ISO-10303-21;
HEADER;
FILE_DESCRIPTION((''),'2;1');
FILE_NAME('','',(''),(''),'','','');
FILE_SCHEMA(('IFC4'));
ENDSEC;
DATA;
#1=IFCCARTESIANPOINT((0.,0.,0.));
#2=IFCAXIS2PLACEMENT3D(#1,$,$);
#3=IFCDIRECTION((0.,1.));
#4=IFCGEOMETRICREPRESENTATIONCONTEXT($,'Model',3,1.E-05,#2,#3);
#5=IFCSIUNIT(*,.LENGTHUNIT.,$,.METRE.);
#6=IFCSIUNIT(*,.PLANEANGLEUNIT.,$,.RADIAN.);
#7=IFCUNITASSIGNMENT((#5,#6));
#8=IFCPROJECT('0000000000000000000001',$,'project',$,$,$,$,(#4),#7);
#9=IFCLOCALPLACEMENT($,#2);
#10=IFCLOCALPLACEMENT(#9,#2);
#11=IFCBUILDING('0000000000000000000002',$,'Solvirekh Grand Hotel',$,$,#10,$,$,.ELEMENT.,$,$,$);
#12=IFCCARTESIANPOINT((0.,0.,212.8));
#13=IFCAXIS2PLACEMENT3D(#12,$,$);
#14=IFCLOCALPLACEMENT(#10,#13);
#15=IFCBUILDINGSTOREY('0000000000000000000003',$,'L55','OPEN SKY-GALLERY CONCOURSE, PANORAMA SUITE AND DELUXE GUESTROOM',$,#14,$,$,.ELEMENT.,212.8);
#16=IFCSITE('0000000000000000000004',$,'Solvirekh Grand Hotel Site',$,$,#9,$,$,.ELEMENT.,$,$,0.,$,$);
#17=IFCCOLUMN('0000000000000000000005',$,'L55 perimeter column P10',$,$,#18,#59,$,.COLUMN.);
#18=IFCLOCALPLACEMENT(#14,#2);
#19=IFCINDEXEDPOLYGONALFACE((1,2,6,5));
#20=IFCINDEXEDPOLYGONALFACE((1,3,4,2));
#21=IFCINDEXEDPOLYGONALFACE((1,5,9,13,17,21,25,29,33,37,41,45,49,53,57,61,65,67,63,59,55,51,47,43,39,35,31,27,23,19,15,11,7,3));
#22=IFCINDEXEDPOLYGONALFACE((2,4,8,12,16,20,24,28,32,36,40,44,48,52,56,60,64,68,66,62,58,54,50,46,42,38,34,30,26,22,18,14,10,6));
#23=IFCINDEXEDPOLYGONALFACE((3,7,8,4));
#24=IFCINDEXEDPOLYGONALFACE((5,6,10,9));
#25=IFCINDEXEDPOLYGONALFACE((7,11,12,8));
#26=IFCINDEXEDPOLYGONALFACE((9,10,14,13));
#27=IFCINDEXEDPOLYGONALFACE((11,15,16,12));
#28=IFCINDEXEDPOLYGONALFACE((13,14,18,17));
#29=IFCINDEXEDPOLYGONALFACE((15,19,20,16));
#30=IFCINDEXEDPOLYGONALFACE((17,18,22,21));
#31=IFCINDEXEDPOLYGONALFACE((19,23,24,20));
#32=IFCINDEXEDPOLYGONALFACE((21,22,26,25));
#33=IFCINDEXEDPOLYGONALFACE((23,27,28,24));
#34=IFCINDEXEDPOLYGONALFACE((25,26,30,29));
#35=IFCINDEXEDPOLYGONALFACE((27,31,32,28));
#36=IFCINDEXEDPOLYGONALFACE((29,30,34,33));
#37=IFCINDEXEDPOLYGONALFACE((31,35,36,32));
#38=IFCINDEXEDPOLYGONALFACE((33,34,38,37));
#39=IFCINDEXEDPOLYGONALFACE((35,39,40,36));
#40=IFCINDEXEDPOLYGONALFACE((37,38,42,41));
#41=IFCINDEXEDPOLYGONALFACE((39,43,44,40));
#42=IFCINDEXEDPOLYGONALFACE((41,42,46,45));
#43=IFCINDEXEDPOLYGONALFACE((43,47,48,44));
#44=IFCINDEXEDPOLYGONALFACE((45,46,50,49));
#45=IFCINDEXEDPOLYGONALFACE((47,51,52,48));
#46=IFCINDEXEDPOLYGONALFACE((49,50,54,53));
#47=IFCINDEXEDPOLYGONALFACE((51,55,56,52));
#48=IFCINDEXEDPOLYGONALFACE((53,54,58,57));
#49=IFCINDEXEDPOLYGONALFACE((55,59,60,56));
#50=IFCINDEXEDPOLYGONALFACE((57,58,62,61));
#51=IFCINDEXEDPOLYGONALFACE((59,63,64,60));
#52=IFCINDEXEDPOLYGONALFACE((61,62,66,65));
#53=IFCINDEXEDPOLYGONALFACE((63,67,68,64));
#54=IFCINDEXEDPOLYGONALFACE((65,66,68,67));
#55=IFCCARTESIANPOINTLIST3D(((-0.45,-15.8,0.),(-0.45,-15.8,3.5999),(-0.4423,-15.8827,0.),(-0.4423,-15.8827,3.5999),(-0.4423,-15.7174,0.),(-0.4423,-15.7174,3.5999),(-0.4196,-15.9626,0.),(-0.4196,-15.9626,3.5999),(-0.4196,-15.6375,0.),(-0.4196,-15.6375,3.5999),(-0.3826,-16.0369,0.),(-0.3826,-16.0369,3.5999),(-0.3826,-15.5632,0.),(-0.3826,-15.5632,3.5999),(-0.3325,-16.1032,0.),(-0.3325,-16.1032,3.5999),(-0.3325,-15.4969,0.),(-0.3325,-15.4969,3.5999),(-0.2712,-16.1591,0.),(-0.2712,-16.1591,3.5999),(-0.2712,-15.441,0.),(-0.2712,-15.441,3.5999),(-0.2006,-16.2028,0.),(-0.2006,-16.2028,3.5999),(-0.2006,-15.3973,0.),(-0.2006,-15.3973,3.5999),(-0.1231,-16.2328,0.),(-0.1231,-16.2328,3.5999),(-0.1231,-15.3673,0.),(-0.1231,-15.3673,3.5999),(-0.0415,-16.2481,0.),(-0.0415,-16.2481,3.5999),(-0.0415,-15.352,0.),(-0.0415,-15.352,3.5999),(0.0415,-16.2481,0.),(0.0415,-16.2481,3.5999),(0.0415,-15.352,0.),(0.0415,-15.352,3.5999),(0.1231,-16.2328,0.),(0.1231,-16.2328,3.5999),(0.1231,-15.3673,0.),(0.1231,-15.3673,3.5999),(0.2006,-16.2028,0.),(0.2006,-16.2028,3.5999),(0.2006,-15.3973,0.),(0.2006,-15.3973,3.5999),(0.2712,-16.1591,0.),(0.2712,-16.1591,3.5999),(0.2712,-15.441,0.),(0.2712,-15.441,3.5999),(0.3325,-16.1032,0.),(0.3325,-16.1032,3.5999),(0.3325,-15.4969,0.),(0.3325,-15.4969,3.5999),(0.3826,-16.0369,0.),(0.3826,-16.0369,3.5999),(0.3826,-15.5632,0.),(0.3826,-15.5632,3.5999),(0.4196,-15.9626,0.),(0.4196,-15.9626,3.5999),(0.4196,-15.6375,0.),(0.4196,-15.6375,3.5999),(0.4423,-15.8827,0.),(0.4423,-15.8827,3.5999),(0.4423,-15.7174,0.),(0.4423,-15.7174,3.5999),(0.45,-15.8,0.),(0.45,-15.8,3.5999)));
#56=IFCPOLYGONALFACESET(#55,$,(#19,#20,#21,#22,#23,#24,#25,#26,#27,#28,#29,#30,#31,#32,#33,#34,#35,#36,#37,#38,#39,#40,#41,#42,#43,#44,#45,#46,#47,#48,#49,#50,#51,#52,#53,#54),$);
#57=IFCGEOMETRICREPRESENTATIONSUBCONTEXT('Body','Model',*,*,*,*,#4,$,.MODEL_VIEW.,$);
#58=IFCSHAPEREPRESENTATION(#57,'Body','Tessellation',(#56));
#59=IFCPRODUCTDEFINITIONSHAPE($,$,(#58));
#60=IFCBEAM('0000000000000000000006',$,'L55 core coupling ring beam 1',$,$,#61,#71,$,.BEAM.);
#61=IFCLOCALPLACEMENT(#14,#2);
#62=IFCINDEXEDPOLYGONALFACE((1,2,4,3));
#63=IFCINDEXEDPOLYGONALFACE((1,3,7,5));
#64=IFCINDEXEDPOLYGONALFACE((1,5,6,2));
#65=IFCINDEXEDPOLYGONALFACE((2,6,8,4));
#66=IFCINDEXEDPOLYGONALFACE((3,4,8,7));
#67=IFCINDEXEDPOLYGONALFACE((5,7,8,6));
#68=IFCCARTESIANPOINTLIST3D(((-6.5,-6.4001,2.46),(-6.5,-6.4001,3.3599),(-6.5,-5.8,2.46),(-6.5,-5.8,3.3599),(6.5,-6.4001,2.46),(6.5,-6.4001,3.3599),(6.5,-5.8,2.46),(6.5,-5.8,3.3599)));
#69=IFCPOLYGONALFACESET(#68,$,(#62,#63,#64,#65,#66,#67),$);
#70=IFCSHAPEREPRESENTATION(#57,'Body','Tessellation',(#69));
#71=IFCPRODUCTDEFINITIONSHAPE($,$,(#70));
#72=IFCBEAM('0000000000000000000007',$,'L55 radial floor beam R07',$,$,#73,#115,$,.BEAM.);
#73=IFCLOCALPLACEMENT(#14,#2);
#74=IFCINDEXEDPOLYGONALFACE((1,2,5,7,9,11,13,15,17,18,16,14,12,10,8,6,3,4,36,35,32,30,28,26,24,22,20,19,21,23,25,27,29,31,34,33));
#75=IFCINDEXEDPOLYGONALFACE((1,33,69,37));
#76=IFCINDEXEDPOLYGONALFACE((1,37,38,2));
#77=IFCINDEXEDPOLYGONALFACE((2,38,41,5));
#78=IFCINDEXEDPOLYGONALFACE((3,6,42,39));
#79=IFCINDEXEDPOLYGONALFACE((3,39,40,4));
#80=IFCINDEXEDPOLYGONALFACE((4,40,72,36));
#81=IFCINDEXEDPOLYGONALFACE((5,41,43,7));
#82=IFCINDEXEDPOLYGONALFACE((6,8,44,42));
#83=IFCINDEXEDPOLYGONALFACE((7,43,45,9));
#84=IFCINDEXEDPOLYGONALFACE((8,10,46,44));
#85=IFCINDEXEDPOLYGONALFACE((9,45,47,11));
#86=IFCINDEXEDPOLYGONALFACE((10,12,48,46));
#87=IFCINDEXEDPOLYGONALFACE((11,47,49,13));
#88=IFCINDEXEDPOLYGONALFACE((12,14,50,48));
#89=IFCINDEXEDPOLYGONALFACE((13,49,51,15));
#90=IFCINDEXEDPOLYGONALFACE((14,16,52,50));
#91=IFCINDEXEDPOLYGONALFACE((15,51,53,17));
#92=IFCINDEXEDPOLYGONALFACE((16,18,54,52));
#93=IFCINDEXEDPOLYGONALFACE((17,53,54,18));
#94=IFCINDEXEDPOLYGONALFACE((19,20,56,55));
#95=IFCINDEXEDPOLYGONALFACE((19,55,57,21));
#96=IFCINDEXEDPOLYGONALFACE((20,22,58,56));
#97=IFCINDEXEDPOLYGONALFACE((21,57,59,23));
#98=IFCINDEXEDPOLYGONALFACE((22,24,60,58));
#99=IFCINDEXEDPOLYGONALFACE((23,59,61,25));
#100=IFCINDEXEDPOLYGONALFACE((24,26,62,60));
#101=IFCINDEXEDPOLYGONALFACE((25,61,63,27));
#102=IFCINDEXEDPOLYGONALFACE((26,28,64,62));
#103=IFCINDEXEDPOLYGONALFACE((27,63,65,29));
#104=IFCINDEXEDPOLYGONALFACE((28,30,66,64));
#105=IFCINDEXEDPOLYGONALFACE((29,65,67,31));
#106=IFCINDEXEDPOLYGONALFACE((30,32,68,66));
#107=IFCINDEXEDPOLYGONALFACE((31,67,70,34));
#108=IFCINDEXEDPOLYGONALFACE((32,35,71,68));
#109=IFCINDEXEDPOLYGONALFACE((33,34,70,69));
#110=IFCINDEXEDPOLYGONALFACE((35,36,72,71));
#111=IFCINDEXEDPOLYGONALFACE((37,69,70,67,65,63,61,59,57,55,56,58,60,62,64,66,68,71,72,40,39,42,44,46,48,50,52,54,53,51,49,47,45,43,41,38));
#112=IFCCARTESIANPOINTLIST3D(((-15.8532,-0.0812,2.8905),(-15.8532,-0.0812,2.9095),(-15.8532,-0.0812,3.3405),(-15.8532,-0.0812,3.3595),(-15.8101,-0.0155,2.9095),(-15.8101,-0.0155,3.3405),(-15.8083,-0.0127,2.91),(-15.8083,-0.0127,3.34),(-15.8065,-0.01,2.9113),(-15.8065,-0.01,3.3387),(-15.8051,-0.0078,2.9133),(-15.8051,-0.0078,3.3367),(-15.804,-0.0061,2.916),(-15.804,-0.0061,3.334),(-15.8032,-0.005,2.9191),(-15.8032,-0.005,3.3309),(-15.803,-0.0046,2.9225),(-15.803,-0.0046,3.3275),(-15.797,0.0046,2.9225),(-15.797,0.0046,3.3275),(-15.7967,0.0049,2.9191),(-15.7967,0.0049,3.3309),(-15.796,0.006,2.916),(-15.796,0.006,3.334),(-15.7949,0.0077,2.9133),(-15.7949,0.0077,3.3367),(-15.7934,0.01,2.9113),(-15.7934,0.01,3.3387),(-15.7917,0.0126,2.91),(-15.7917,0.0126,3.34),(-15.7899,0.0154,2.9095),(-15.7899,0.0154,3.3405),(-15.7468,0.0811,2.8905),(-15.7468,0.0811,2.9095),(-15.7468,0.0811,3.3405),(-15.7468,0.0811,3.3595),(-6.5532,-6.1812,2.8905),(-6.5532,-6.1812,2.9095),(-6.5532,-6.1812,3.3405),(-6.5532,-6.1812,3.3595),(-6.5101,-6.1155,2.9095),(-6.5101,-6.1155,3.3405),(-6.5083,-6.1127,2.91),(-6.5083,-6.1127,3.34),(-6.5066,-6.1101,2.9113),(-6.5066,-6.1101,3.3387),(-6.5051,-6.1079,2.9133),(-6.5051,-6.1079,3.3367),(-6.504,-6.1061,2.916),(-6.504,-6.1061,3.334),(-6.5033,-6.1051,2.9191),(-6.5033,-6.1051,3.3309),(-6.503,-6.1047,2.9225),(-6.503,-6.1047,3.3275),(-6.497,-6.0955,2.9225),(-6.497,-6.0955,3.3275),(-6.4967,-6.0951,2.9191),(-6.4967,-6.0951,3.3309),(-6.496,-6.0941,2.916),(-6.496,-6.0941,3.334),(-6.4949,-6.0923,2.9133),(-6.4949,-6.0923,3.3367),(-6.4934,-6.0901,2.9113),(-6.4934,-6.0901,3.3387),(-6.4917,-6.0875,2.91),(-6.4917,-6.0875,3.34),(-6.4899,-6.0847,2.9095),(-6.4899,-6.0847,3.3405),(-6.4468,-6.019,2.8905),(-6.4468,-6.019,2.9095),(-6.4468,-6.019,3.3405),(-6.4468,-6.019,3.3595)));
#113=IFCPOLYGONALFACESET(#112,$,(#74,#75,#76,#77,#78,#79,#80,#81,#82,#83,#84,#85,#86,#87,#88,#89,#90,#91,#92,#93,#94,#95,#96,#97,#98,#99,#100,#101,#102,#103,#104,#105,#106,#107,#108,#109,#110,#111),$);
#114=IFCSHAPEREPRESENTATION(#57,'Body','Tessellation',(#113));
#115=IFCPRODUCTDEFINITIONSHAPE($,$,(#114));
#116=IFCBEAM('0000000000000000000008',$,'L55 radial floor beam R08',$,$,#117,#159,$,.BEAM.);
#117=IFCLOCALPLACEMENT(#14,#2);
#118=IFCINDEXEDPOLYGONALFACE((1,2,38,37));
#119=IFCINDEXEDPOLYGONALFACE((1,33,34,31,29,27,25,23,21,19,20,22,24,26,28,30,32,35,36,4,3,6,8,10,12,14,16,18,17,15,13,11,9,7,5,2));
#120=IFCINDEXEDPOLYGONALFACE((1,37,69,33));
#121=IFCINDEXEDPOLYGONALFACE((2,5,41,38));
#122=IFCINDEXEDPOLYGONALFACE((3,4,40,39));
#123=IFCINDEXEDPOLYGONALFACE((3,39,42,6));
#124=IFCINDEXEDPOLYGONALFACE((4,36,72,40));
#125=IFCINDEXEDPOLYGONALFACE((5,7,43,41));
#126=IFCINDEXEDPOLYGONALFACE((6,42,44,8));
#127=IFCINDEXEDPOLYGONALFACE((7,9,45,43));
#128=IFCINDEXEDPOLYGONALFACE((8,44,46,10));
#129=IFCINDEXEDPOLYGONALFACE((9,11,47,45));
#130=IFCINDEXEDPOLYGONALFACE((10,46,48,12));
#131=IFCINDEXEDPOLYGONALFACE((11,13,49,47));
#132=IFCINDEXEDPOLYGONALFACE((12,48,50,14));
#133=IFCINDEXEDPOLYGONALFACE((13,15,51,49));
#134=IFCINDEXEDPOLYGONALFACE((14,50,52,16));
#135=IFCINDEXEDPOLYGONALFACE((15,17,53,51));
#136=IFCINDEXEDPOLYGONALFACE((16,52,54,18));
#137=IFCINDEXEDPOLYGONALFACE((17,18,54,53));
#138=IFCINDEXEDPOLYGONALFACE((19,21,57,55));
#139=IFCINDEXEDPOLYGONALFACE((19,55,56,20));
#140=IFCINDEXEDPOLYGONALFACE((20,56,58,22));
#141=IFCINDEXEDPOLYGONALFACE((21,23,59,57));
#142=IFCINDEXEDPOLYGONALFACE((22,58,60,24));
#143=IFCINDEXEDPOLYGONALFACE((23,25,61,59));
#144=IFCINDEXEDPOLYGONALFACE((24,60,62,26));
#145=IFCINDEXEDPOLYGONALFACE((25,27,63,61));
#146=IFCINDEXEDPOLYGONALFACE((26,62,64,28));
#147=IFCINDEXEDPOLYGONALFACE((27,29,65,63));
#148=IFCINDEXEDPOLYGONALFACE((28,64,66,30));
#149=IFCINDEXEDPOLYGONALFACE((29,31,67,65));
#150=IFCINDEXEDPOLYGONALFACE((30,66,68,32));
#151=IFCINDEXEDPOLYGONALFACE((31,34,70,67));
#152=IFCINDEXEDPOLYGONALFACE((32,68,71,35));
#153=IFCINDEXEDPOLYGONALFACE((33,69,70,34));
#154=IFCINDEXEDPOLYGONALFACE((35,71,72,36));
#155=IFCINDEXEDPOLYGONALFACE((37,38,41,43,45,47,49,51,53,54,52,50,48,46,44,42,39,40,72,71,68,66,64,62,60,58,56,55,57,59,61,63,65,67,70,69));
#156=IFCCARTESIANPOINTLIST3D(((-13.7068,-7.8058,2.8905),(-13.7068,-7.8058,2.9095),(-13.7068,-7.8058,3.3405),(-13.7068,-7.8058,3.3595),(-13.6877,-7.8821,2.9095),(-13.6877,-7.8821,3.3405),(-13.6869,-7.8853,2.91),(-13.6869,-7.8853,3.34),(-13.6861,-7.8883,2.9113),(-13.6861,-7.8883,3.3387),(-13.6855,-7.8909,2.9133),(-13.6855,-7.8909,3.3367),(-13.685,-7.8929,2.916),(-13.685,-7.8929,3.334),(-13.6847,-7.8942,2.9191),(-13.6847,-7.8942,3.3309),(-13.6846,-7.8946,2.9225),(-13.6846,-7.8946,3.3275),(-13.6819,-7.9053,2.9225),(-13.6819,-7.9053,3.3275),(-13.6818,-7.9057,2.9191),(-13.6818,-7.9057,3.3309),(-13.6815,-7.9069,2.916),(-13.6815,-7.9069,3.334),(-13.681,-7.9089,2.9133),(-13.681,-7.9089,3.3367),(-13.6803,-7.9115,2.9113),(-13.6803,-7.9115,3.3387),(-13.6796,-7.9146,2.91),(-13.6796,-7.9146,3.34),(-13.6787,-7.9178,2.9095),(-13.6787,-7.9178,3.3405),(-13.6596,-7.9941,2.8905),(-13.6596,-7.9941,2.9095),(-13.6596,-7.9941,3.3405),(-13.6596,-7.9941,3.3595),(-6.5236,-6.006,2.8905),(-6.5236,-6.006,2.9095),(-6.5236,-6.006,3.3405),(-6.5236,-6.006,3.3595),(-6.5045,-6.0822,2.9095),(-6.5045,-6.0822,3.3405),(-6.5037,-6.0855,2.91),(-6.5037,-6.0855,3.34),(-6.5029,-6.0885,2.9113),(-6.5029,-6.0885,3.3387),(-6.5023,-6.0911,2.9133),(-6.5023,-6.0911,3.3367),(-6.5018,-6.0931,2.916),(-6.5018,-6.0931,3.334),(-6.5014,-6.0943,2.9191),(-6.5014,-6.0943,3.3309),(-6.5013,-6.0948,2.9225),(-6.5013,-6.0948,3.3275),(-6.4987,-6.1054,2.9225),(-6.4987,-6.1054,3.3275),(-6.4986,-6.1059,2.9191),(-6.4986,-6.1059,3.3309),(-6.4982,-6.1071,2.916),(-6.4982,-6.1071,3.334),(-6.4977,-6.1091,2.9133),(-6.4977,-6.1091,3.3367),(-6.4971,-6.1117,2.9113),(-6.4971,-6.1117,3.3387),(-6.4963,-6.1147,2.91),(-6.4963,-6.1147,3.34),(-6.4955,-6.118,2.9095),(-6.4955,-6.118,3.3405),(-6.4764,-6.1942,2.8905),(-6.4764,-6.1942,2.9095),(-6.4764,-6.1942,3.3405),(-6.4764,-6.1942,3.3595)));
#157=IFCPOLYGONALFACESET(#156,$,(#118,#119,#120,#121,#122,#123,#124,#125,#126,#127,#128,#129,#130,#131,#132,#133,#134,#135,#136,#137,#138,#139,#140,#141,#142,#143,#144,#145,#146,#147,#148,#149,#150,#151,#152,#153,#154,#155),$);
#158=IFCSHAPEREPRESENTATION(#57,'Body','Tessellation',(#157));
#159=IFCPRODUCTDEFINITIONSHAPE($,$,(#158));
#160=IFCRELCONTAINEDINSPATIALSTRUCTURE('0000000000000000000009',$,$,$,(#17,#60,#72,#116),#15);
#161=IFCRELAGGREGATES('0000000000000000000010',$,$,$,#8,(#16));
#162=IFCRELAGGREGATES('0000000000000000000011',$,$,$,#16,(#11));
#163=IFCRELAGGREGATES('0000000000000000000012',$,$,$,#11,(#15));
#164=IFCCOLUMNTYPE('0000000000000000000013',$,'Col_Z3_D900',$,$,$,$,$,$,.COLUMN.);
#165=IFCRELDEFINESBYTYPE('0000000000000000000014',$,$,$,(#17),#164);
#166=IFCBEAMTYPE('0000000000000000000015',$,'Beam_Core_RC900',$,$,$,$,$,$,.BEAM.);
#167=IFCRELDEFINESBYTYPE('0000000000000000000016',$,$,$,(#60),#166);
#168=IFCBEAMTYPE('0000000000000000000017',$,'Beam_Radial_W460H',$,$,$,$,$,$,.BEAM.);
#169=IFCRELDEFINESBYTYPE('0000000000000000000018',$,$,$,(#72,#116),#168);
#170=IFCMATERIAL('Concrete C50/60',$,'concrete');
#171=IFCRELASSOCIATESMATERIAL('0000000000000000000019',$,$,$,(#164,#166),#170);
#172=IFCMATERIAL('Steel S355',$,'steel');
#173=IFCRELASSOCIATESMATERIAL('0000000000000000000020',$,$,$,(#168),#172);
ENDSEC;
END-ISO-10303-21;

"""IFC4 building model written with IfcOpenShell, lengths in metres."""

from ifc_helpers import new_model, si_unit, direction, frame, origin, origin_2d, place, context, subcontext, project, spatial, rectangle, circle, i_section, extrude, material, material_profile, profile_set, type_object, element, save


model = new_model("IFC4")

# Units and contexts
model_context = context("Model", 3, precision=1e-05, world=origin(), true_north=direction((0.0, 1.0)))
body_context = subcontext(model_context, "Body", "Model", "MODEL_VIEW")
ifc_project = project(units=[si_unit("LENGTHUNIT", "METRE"), si_unit("PLANEANGLEUNIT", "RADIAN")], contexts=[model_context])

# Site, building, storey
site_placement = place(None, origin())
site = spatial("IfcSite", under=ifc_project, at=site_placement, Name="Solvirekh Grand Hotel Site", CompositionType="ELEMENT", RefElevation=0.0)
building_placement = place(site_placement, origin())
building = spatial("IfcBuilding", under=site, at=building_placement, Name="Solvirekh Grand Hotel", CompositionType="ELEMENT")
storey_placement = place(building_placement, frame((0.0, 0.0, 212.8)))
storey = spatial("IfcBuildingStorey", under=building, at=storey_placement, Name="L55", Description="OPEN SKY-GALLERY CONCOURSE, PANORAMA SUITE AND DELUXE GUESTROOM", CompositionType="ELEMENT", Elevation=212.8)

# Column
ifc_material_1 = material(Name="Concrete C50/60", Category="concrete")
ifc_material_profile_1 = material_profile(ifc_material_1, circle(Radius=0.45, at=origin_2d()), Name="RC CIRC D900")
ifc_profile_set_1 = profile_set([ifc_material_profile_1], Name="Concrete C50/60")
column_type = type_object("IfcColumnType", Name="Col_Z3_D900", PredefinedType="COLUMN", material=ifc_profile_set_1)
column_placement = place(storey_placement, frame((0.0, -15.8, 0.0), z_axis=(0.0, 0.0, 1.0), x_axis=(1.0, 0.0, 0.0)))
element("IfcColumn", 1, at=column_placement, inside=storey, type_object=column_type, Name="L55 perimeter column P10", PredefinedType="COLUMN", context=body_context, shape_type="SweptSolid", body=[
    extrude(circle(Radius=0.45, at=origin_2d()), origin(), (0.0, 0.0, 1.0), 3.5999),
])

# Beams
ifc_material_profile_2 = material_profile(ifc_material_1, rectangle(XDim=0.6001, YDim=0.8999, at=origin_2d()), Name="RC BEAM 600X900")
ifc_profile_set_2 = profile_set([ifc_material_profile_2], Name="Concrete C50/60")
beam_type_1 = type_object("IfcBeamType", Name="Beam_Core_RC900", PredefinedType="BEAM", material=ifc_profile_set_2)
beam_1_placement = place(storey_placement, frame((-6.5, -6.1001, 2.9099), z_axis=(1.0, 0.0, 0.0), x_axis=(0.0, 1.0, 0.0)))
element("IfcBeam", 2, at=beam_1_placement, inside=storey, type_object=beam_type_1, Name="L55 core coupling ring beam 1", PredefinedType="BEAM", context=body_context, shape_type="SweptSolid", body=[
    extrude(rectangle(XDim=0.6001, YDim=0.8999, at=origin_2d()), origin(), (0.0, 0.0, 1.0), 13.0),
])
ifc_material_2 = material(Name="Steel S355", Category="steel")
ifc_material_profile_3 = material_profile(ifc_material_2, i_section(OverallWidth=0.1941, OverallDepth=0.469, WebThickness=0.011, FlangeThickness=0.019, FilletRadius=0.0129, at=origin_2d()), Name="W460X106")
ifc_profile_set_3 = profile_set([ifc_material_profile_3], Name="Steel S355")
beam_type_2 = type_object("IfcBeamType", Name="Beam_Radial_W460H", PredefinedType="BEAM", material=ifc_profile_set_3)
beam_2_placement = place(storey_placement, frame((-6.5, -6.1001, 3.125), z_axis=(-0.836174, 0.548464, 0.0), x_axis=(-0.548464, -0.836174, 0.0)))
element("IfcBeam", 3, at=beam_2_placement, inside=storey, type_object=beam_type_2, Name="L55 radial floor beam R07", PredefinedType="BEAM", context=body_context, shape_type="SweptSolid", body=[
    extrude(i_section(OverallWidth=0.1941, OverallDepth=0.469, WebThickness=0.011, FlangeThickness=0.019, FilletRadius=0.0129, at=origin_2d()), origin(), (0.0, 0.0, 1.0), 11.1221),
])
beam_3_placement = place(storey_placement, frame((-6.5, -6.1001, 3.125), z_axis=(-0.970014, -0.243048, 0.0), x_axis=(0.243048, -0.970014, 0.0)))
element("IfcBeam", 4, at=beam_3_placement, inside=storey, type_object=beam_type_2, Name="L55 radial floor beam R08", PredefinedType="BEAM", context=body_context, shape_type="SweptSolid", body=[
    extrude(i_section(OverallWidth=0.1941, OverallDepth=0.469, WebThickness=0.011, FlangeThickness=0.019, FilletRadius=0.0129, at=origin_2d()), origin(), (0.0, 0.0, 1.0), 7.4053),
])

save(model, "model.ifc")
